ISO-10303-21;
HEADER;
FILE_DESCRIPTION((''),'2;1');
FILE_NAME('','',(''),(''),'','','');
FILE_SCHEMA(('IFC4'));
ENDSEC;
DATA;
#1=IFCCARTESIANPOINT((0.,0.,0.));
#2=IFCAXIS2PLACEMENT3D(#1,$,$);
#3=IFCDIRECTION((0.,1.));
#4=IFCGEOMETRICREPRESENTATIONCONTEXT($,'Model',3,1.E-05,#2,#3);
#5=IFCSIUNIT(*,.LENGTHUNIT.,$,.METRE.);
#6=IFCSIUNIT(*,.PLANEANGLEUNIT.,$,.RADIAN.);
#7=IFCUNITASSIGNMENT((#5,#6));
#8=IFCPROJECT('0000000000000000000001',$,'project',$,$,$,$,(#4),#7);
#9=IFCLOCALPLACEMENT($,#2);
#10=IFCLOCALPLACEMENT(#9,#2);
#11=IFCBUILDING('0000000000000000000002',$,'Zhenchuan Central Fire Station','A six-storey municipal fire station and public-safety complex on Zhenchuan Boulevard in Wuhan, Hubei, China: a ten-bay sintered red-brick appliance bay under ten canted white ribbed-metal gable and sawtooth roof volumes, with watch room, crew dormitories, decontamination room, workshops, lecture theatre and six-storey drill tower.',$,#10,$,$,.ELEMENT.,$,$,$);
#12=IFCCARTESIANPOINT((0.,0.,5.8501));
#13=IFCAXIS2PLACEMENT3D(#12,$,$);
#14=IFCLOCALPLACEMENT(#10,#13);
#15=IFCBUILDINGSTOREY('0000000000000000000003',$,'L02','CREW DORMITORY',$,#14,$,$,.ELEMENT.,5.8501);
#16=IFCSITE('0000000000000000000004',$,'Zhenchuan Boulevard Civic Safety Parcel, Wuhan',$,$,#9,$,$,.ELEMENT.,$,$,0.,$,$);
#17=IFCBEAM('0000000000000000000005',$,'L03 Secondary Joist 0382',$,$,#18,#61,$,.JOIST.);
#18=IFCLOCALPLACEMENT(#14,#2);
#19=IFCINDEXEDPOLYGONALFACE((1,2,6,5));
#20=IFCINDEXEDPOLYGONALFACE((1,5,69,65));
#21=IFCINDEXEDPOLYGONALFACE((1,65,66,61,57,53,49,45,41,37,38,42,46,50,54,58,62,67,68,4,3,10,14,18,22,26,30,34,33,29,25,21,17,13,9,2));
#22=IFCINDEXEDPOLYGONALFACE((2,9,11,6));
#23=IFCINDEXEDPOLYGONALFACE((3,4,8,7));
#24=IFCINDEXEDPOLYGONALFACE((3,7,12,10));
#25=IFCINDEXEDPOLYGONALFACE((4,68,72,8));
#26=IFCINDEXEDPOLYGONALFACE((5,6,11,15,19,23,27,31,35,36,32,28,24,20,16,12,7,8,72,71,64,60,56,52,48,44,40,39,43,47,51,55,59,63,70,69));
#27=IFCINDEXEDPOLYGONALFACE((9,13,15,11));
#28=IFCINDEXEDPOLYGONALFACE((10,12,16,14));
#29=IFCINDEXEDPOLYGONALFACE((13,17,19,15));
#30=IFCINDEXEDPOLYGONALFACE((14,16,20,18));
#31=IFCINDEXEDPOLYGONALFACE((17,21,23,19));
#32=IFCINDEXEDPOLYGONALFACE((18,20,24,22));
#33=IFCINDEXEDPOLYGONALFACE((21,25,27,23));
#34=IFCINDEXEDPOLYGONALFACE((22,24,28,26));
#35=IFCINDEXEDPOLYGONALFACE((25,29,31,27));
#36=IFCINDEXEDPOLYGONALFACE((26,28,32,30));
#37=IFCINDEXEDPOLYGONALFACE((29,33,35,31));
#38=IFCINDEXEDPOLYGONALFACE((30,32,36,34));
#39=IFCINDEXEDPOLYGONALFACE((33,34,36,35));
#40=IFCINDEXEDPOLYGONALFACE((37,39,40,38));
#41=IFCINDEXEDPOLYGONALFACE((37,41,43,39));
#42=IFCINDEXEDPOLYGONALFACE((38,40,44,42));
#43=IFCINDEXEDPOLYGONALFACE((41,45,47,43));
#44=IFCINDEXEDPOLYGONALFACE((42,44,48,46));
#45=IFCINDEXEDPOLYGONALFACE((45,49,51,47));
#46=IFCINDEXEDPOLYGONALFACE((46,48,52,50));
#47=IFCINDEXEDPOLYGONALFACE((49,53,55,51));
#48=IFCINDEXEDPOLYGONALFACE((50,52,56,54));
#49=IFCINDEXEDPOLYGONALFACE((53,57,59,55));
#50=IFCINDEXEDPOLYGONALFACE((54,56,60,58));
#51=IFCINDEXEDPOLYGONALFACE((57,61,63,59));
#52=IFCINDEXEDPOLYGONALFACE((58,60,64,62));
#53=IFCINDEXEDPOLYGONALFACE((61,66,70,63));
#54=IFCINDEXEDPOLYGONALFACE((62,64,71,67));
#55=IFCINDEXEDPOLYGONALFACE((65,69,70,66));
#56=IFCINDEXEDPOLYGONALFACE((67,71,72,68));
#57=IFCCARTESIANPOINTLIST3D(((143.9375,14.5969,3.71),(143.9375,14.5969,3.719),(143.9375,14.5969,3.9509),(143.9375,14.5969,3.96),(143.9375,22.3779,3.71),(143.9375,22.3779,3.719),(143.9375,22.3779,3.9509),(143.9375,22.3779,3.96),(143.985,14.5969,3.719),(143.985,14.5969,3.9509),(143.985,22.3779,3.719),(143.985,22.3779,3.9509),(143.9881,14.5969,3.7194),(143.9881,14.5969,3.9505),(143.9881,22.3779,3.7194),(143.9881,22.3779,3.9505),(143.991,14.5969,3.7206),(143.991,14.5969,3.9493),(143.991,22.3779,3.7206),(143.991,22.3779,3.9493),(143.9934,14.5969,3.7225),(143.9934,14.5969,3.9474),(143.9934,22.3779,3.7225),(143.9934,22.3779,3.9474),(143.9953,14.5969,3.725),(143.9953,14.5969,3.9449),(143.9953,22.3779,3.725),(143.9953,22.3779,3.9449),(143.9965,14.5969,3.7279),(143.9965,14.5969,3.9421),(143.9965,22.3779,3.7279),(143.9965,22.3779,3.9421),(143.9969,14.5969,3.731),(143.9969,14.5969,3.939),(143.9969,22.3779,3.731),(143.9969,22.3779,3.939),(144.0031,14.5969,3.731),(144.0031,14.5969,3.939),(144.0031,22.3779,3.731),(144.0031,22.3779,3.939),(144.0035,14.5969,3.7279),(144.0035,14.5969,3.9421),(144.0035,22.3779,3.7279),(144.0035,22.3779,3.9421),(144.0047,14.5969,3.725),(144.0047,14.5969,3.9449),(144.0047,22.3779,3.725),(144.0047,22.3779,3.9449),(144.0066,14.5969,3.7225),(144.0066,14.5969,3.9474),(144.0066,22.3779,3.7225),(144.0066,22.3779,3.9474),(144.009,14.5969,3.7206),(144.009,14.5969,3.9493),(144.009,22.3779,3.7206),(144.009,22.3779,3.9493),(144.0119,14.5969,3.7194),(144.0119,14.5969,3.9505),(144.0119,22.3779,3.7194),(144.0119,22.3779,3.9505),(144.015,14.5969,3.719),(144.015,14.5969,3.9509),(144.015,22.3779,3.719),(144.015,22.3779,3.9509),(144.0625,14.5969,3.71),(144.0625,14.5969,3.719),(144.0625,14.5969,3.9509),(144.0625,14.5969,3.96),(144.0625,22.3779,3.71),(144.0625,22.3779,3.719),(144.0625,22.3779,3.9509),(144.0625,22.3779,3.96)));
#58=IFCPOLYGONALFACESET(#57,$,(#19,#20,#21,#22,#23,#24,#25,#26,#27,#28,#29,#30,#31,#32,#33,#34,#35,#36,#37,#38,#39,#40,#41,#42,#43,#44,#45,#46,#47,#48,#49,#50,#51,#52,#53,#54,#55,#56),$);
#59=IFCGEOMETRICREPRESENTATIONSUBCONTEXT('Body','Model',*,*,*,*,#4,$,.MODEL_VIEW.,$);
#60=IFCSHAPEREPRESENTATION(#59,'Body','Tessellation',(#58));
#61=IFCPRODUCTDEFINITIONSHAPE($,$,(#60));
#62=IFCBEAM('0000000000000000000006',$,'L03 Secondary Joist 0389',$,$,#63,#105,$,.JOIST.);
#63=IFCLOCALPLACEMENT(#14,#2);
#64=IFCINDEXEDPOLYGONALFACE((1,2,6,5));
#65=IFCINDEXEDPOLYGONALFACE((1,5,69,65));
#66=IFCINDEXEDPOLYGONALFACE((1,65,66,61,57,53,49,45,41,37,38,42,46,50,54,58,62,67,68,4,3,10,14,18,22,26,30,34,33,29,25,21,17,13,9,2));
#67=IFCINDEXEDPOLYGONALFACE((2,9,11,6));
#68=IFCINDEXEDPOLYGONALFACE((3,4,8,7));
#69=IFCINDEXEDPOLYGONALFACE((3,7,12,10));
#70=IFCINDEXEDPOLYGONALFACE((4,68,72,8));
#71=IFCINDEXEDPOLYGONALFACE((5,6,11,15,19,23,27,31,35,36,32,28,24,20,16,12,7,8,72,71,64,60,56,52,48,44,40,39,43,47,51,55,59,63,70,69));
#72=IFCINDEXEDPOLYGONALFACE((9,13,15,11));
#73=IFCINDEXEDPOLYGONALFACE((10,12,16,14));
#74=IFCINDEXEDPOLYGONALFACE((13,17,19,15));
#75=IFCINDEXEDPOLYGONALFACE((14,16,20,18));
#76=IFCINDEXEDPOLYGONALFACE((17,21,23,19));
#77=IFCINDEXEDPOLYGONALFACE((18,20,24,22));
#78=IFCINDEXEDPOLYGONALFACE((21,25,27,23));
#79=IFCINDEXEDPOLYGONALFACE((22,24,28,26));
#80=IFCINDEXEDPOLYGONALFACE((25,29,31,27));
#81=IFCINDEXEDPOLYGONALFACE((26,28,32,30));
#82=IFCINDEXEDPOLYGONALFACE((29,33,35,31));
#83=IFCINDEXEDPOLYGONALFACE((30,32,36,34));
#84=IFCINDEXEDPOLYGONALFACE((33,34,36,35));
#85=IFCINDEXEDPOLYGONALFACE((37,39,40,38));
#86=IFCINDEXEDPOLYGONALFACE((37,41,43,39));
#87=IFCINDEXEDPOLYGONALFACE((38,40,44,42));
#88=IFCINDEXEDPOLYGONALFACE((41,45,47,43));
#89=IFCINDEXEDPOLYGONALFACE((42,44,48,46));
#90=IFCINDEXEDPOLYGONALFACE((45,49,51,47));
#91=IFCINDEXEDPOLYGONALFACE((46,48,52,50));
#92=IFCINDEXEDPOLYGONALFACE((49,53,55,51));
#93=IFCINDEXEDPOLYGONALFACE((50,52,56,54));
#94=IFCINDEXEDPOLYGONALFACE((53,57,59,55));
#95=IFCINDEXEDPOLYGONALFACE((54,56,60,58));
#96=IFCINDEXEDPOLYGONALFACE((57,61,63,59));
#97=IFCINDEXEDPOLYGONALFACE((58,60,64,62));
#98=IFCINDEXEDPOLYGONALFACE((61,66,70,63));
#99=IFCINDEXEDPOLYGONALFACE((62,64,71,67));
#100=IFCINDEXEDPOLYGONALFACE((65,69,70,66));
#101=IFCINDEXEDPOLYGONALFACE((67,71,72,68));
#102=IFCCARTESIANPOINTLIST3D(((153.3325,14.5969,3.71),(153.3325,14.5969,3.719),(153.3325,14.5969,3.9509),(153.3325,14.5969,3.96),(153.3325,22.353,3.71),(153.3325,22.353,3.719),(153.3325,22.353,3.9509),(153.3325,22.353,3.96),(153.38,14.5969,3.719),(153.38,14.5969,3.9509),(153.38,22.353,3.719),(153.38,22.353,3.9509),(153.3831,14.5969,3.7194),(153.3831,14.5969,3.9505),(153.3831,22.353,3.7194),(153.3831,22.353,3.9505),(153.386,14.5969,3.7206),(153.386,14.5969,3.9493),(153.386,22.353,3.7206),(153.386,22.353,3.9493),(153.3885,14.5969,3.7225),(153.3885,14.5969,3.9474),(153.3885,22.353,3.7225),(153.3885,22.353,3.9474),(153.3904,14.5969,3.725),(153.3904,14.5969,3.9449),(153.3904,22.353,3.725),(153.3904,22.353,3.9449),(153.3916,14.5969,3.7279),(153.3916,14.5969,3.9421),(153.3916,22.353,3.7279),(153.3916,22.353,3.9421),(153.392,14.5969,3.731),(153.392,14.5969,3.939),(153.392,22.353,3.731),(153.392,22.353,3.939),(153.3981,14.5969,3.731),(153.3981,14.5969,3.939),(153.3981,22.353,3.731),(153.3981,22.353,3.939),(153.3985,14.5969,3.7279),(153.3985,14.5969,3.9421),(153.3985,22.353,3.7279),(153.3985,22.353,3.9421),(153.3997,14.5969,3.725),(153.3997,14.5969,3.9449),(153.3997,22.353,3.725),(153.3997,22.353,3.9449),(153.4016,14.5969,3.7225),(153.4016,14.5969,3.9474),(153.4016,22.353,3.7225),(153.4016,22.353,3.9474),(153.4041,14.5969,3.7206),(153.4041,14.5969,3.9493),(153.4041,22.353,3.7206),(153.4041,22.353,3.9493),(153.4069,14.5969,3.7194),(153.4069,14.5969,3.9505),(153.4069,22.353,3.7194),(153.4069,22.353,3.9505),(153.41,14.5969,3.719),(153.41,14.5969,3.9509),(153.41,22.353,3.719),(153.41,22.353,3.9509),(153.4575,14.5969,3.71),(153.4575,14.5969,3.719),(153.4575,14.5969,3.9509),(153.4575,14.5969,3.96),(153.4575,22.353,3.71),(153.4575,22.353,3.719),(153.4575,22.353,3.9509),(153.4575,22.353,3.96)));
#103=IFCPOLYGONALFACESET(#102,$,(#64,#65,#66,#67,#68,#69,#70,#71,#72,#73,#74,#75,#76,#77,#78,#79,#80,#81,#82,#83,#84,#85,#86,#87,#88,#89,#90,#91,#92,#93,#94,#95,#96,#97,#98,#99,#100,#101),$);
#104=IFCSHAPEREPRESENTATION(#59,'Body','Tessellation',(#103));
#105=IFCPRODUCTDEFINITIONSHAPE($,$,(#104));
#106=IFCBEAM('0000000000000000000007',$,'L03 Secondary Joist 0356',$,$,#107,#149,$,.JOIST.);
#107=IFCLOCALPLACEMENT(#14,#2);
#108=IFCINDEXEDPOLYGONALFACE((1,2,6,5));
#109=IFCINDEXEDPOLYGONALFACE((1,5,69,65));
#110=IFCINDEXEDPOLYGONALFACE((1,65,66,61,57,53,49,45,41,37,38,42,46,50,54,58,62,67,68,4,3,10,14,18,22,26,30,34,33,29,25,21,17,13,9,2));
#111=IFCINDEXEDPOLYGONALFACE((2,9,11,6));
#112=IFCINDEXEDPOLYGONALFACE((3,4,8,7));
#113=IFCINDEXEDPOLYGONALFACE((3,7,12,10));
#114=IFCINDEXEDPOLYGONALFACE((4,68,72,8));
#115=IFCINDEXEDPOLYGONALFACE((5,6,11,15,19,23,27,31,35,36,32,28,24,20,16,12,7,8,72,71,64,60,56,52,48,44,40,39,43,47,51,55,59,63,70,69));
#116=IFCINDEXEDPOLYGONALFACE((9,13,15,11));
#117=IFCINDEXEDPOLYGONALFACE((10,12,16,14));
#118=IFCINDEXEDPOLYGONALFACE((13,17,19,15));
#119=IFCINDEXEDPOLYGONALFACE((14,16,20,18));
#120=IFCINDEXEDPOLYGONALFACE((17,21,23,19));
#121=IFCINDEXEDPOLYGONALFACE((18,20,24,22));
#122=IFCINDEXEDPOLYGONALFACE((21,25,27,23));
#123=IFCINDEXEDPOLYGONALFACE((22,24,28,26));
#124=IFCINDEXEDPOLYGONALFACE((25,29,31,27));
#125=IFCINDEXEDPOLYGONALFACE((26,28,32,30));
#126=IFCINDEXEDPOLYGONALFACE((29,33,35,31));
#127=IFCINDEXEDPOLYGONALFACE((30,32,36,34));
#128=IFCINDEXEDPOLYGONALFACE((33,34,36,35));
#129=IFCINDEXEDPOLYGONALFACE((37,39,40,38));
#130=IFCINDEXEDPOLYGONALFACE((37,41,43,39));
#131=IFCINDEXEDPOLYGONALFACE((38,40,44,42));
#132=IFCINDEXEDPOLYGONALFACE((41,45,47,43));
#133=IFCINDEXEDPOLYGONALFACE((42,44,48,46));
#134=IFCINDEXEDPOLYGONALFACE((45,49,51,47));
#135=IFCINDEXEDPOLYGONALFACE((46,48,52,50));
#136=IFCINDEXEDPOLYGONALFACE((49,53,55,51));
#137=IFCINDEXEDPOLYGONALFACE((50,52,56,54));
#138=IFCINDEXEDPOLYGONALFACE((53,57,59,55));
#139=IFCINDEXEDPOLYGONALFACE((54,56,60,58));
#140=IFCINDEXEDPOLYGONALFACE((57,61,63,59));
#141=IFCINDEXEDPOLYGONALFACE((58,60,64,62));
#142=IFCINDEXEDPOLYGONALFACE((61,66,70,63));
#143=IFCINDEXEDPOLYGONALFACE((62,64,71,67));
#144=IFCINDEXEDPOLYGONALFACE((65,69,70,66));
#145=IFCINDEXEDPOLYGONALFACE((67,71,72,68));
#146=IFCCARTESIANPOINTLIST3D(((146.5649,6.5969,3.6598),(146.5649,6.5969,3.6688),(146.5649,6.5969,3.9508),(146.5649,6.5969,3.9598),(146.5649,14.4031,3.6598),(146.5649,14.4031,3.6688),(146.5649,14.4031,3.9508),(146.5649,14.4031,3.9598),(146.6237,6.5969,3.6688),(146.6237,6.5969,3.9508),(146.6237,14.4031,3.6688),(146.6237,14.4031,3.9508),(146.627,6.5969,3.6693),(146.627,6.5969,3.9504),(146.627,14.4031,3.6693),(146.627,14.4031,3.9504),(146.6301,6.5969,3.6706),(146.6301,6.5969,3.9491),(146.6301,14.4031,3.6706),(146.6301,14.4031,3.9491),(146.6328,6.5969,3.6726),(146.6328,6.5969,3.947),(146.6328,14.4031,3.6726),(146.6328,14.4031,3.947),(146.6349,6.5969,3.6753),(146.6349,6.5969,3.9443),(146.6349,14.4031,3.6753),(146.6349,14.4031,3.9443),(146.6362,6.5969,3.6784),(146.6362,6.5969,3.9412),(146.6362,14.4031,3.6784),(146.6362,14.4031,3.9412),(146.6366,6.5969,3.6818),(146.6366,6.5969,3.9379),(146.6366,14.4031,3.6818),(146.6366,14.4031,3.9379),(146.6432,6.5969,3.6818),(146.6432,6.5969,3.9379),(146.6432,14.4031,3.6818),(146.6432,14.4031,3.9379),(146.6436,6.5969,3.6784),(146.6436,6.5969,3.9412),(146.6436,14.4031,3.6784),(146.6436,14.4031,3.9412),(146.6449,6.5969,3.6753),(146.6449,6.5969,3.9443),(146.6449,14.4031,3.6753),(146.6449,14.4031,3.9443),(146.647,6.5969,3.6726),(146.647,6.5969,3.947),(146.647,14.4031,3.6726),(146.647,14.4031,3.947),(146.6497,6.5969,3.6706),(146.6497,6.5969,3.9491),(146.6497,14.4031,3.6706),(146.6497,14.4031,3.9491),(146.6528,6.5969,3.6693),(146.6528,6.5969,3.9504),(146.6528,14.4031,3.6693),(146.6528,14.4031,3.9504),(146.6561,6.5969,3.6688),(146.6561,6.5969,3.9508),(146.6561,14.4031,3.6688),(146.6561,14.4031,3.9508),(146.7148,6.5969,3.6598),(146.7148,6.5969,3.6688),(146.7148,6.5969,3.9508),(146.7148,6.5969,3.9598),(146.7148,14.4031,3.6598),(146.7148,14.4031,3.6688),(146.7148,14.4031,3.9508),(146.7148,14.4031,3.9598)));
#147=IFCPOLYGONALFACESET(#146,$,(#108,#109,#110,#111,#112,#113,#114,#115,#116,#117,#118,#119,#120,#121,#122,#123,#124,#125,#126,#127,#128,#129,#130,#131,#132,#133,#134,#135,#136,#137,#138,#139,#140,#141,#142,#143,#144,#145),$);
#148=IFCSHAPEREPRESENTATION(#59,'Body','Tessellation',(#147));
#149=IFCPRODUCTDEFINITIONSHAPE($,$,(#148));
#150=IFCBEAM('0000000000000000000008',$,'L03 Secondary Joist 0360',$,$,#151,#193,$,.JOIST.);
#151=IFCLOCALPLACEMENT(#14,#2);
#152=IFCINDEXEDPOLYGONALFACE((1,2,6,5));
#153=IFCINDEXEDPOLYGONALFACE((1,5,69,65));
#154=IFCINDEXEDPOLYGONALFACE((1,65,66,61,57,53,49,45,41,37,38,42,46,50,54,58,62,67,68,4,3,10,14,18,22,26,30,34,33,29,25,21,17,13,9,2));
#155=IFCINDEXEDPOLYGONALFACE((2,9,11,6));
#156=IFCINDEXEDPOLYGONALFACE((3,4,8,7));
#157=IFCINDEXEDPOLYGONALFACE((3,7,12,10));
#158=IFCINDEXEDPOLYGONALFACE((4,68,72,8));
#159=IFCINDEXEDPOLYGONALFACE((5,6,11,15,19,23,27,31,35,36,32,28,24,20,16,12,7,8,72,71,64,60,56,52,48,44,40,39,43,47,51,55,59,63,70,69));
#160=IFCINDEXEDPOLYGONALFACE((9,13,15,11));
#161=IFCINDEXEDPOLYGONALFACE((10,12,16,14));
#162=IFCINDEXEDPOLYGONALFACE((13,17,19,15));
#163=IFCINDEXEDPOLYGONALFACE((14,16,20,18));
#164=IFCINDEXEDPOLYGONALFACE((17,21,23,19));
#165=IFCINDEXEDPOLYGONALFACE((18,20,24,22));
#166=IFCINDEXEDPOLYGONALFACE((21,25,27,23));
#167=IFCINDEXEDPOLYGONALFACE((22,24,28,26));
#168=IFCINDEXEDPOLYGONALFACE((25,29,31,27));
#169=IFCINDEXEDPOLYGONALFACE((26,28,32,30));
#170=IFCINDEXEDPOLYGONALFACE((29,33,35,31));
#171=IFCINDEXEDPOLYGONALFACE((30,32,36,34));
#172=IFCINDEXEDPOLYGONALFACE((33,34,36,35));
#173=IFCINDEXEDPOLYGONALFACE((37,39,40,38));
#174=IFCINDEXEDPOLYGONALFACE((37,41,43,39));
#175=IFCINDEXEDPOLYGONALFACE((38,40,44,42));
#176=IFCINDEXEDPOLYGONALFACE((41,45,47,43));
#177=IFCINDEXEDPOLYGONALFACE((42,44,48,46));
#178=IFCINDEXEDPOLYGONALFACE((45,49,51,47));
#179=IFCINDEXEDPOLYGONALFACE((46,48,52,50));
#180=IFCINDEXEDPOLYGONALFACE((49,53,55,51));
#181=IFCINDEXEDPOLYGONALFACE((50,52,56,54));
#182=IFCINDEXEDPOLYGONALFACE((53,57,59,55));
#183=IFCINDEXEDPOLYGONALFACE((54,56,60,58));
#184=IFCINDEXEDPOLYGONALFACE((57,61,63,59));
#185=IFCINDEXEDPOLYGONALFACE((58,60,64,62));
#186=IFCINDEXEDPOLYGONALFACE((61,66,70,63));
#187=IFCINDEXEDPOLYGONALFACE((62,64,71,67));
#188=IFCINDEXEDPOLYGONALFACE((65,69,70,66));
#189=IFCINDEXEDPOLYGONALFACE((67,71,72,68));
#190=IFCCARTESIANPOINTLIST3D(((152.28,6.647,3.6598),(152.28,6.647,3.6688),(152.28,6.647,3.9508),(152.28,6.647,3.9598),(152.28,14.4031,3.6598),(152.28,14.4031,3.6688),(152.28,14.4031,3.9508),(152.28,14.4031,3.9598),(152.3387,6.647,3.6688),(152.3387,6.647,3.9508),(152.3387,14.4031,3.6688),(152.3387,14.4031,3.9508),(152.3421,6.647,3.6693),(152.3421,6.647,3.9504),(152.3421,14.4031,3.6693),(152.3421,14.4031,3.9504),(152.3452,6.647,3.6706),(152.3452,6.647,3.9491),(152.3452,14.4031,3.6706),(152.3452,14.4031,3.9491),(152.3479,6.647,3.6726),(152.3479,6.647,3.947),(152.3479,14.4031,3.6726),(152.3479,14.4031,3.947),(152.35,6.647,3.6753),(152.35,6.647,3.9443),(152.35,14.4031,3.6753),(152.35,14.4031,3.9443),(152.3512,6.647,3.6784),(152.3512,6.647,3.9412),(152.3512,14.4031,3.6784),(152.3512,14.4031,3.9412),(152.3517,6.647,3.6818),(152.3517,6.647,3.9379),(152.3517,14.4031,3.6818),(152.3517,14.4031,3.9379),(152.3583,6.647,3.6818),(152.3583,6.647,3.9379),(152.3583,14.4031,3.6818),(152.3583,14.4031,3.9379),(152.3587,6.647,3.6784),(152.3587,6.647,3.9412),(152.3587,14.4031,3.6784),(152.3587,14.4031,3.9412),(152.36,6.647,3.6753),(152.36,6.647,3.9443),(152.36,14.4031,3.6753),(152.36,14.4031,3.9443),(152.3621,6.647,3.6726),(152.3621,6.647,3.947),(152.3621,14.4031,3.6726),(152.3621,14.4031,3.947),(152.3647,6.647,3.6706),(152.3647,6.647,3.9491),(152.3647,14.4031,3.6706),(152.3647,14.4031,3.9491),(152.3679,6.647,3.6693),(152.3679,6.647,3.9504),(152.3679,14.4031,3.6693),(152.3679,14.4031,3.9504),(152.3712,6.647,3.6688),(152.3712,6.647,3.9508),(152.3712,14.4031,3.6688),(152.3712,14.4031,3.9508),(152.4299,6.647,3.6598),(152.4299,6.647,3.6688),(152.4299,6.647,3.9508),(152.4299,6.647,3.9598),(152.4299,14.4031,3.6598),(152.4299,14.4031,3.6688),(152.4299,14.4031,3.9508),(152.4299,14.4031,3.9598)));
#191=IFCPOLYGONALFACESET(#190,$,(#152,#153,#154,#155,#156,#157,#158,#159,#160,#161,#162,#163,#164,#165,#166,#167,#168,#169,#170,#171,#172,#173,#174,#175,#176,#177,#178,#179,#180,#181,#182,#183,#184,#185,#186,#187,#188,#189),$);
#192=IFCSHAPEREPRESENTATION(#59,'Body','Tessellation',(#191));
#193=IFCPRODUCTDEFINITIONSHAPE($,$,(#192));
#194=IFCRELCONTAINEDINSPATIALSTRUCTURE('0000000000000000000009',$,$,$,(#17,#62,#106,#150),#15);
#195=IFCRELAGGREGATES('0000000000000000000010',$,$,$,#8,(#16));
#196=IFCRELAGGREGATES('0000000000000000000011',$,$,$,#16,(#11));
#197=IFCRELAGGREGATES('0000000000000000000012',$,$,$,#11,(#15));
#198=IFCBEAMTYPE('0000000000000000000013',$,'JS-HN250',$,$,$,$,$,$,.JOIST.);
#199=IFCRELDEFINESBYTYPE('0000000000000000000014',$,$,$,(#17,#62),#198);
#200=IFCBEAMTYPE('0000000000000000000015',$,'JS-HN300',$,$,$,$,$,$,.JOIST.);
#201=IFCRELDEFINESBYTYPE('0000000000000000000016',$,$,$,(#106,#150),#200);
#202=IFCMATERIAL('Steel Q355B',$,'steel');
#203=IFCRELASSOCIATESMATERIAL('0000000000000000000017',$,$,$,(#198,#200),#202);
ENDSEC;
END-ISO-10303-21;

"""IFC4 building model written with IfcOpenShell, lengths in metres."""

from ifc_helpers import new_model, si_unit, direction, frame, origin, origin_2d, place, context, subcontext, project, spatial, i_section, extrude, material, material_profile, profile_set, type_object, element, save


model = new_model("IFC4")

# Units and contexts
model_context = context("Model", 3, precision=1e-05, world=origin(), true_north=direction((0.0, 1.0)))
body_context = subcontext(model_context, "Body", "Model", "MODEL_VIEW")
ifc_project = project(units=[si_unit("LENGTHUNIT", "METRE"), si_unit("PLANEANGLEUNIT", "RADIAN")], contexts=[model_context])

# Site, building, storey
site_placement = place(None, origin())
site = spatial("IfcSite", under=ifc_project, at=site_placement, Name="Zhenchuan Boulevard Civic Safety Parcel, Wuhan", CompositionType="ELEMENT", RefElevation=0.0)
building_placement = place(site_placement, origin())
building = spatial("IfcBuilding", under=site, at=building_placement, Name="Zhenchuan Central Fire Station", Description="A six-storey municipal fire station and public-safety complex on Zhenchuan Boulevard in Wuhan, Hubei, China: a ten-bay sintered red-brick appliance bay under ten canted white ribbed-metal gable and sawtooth roof volumes, with watch room, crew dormitories, decontamination room, workshops, lecture theatre and six-storey drill tower.", CompositionType="ELEMENT")
storey_placement = place(building_placement, frame((0.0, 0.0, 5.8501)))
storey = spatial("IfcBuildingStorey", under=building, at=storey_placement, Name="L02", Description="CREW DORMITORY", CompositionType="ELEMENT", Elevation=5.8501)

# Shared definitions
ifc_material_1 = material(Name="Steel Q355B", Category="steel")

# Beams
ifc_material_profile_1 = material_profile(ifc_material_1, i_section(OverallWidth=0.125, OverallDepth=0.25, WebThickness=0.0061, FlangeThickness=0.009, FilletRadius=0.012, at=origin_2d()), Name="HN 250x125")
ifc_profile_set_1 = profile_set([ifc_material_profile_1], Name="Steel Q355B")
beam_type_1 = type_object("IfcBeamType", Name="JS-HN250", PredefinedType="JOIST", material=ifc_profile_set_1)
beam_1_placement = place(storey_placement, frame((144.0, 14.5969, 3.835), z_axis=(0.0, 1.0, 0.0), x_axis=(-1.0, 0.0, 0.0)))
element("IfcBeam", 1, at=beam_1_placement, inside=storey, type_object=beam_type_1, Name="L03 Secondary Joist 0382", PredefinedType="JOIST", context=body_context, shape_type="SweptSolid", body=[
    extrude(i_section(OverallWidth=0.125, OverallDepth=0.25, WebThickness=0.0061, FlangeThickness=0.009, FilletRadius=0.012, at=origin_2d()), origin(), (0.0, 0.0, 1.0), 7.781),
])
beam_2_placement = place(storey_placement, frame((153.395, 14.5969, 3.835), z_axis=(0.0, 1.0, 0.0), x_axis=(-1.0, 0.0, 0.0)))
element("IfcBeam", 2, at=beam_2_placement, inside=storey, type_object=beam_type_1, Name="L03 Secondary Joist 0389", PredefinedType="JOIST", context=body_context, shape_type="SweptSolid", body=[
    extrude(i_section(OverallWidth=0.125, OverallDepth=0.25, WebThickness=0.0061, FlangeThickness=0.009, FilletRadius=0.012, at=origin_2d()), origin(), (0.0, 0.0, 1.0), 7.7561),
])
ifc_material_profile_2 = material_profile(ifc_material_1, i_section(OverallWidth=0.1499, OverallDepth=0.3, WebThickness=0.0066, FlangeThickness=0.009, FilletRadius=0.0129, at=origin_2d()), Name="HN 300x150")
ifc_profile_set_2 = profile_set([ifc_material_profile_2], Name="Steel Q355B")
beam_type_2 = type_object("IfcBeamType", Name="JS-HN300", PredefinedType="JOIST", material=ifc_profile_set_2)
beam_3_placement = place(storey_placement, frame((146.6399, 6.5969, 3.8098), z_axis=(0.0, 1.0, 0.0), x_axis=(-1.0, 0.0, 0.0)))
element("IfcBeam", 3, at=beam_3_placement, inside=storey, type_object=beam_type_2, Name="L03 Secondary Joist 0356", PredefinedType="JOIST", context=body_context, shape_type="SweptSolid", body=[
    extrude(i_section(OverallWidth=0.1499, OverallDepth=0.3, WebThickness=0.0066, FlangeThickness=0.009, FilletRadius=0.0129, at=origin_2d()), origin(), (0.0, 0.0, 1.0), 7.8062),
])
for number, where, z_axis, x_axis, name in (
    (4, (152.355, 6.647, 3.8098), (0.0, 1.0, 0.0), (-1.0, 0.0, 0.0), "L03 Secondary Joist 0360"),
):
    element("IfcBeam", number, at=place(storey_placement, frame(where, z_axis=z_axis, x_axis=x_axis)), inside=storey, type_object=beam_type_2, Name=name, PredefinedType="JOIST", context=body_context, shape_type="SweptSolid", body=[
        extrude(i_section(OverallWidth=0.1499, OverallDepth=0.3, WebThickness=0.0066, FlangeThickness=0.009, FilletRadius=0.0129, at=origin_2d()), origin(), (0.0, 0.0, 1.0), 7.7561),
    ])

save(model, "model.ifc")
